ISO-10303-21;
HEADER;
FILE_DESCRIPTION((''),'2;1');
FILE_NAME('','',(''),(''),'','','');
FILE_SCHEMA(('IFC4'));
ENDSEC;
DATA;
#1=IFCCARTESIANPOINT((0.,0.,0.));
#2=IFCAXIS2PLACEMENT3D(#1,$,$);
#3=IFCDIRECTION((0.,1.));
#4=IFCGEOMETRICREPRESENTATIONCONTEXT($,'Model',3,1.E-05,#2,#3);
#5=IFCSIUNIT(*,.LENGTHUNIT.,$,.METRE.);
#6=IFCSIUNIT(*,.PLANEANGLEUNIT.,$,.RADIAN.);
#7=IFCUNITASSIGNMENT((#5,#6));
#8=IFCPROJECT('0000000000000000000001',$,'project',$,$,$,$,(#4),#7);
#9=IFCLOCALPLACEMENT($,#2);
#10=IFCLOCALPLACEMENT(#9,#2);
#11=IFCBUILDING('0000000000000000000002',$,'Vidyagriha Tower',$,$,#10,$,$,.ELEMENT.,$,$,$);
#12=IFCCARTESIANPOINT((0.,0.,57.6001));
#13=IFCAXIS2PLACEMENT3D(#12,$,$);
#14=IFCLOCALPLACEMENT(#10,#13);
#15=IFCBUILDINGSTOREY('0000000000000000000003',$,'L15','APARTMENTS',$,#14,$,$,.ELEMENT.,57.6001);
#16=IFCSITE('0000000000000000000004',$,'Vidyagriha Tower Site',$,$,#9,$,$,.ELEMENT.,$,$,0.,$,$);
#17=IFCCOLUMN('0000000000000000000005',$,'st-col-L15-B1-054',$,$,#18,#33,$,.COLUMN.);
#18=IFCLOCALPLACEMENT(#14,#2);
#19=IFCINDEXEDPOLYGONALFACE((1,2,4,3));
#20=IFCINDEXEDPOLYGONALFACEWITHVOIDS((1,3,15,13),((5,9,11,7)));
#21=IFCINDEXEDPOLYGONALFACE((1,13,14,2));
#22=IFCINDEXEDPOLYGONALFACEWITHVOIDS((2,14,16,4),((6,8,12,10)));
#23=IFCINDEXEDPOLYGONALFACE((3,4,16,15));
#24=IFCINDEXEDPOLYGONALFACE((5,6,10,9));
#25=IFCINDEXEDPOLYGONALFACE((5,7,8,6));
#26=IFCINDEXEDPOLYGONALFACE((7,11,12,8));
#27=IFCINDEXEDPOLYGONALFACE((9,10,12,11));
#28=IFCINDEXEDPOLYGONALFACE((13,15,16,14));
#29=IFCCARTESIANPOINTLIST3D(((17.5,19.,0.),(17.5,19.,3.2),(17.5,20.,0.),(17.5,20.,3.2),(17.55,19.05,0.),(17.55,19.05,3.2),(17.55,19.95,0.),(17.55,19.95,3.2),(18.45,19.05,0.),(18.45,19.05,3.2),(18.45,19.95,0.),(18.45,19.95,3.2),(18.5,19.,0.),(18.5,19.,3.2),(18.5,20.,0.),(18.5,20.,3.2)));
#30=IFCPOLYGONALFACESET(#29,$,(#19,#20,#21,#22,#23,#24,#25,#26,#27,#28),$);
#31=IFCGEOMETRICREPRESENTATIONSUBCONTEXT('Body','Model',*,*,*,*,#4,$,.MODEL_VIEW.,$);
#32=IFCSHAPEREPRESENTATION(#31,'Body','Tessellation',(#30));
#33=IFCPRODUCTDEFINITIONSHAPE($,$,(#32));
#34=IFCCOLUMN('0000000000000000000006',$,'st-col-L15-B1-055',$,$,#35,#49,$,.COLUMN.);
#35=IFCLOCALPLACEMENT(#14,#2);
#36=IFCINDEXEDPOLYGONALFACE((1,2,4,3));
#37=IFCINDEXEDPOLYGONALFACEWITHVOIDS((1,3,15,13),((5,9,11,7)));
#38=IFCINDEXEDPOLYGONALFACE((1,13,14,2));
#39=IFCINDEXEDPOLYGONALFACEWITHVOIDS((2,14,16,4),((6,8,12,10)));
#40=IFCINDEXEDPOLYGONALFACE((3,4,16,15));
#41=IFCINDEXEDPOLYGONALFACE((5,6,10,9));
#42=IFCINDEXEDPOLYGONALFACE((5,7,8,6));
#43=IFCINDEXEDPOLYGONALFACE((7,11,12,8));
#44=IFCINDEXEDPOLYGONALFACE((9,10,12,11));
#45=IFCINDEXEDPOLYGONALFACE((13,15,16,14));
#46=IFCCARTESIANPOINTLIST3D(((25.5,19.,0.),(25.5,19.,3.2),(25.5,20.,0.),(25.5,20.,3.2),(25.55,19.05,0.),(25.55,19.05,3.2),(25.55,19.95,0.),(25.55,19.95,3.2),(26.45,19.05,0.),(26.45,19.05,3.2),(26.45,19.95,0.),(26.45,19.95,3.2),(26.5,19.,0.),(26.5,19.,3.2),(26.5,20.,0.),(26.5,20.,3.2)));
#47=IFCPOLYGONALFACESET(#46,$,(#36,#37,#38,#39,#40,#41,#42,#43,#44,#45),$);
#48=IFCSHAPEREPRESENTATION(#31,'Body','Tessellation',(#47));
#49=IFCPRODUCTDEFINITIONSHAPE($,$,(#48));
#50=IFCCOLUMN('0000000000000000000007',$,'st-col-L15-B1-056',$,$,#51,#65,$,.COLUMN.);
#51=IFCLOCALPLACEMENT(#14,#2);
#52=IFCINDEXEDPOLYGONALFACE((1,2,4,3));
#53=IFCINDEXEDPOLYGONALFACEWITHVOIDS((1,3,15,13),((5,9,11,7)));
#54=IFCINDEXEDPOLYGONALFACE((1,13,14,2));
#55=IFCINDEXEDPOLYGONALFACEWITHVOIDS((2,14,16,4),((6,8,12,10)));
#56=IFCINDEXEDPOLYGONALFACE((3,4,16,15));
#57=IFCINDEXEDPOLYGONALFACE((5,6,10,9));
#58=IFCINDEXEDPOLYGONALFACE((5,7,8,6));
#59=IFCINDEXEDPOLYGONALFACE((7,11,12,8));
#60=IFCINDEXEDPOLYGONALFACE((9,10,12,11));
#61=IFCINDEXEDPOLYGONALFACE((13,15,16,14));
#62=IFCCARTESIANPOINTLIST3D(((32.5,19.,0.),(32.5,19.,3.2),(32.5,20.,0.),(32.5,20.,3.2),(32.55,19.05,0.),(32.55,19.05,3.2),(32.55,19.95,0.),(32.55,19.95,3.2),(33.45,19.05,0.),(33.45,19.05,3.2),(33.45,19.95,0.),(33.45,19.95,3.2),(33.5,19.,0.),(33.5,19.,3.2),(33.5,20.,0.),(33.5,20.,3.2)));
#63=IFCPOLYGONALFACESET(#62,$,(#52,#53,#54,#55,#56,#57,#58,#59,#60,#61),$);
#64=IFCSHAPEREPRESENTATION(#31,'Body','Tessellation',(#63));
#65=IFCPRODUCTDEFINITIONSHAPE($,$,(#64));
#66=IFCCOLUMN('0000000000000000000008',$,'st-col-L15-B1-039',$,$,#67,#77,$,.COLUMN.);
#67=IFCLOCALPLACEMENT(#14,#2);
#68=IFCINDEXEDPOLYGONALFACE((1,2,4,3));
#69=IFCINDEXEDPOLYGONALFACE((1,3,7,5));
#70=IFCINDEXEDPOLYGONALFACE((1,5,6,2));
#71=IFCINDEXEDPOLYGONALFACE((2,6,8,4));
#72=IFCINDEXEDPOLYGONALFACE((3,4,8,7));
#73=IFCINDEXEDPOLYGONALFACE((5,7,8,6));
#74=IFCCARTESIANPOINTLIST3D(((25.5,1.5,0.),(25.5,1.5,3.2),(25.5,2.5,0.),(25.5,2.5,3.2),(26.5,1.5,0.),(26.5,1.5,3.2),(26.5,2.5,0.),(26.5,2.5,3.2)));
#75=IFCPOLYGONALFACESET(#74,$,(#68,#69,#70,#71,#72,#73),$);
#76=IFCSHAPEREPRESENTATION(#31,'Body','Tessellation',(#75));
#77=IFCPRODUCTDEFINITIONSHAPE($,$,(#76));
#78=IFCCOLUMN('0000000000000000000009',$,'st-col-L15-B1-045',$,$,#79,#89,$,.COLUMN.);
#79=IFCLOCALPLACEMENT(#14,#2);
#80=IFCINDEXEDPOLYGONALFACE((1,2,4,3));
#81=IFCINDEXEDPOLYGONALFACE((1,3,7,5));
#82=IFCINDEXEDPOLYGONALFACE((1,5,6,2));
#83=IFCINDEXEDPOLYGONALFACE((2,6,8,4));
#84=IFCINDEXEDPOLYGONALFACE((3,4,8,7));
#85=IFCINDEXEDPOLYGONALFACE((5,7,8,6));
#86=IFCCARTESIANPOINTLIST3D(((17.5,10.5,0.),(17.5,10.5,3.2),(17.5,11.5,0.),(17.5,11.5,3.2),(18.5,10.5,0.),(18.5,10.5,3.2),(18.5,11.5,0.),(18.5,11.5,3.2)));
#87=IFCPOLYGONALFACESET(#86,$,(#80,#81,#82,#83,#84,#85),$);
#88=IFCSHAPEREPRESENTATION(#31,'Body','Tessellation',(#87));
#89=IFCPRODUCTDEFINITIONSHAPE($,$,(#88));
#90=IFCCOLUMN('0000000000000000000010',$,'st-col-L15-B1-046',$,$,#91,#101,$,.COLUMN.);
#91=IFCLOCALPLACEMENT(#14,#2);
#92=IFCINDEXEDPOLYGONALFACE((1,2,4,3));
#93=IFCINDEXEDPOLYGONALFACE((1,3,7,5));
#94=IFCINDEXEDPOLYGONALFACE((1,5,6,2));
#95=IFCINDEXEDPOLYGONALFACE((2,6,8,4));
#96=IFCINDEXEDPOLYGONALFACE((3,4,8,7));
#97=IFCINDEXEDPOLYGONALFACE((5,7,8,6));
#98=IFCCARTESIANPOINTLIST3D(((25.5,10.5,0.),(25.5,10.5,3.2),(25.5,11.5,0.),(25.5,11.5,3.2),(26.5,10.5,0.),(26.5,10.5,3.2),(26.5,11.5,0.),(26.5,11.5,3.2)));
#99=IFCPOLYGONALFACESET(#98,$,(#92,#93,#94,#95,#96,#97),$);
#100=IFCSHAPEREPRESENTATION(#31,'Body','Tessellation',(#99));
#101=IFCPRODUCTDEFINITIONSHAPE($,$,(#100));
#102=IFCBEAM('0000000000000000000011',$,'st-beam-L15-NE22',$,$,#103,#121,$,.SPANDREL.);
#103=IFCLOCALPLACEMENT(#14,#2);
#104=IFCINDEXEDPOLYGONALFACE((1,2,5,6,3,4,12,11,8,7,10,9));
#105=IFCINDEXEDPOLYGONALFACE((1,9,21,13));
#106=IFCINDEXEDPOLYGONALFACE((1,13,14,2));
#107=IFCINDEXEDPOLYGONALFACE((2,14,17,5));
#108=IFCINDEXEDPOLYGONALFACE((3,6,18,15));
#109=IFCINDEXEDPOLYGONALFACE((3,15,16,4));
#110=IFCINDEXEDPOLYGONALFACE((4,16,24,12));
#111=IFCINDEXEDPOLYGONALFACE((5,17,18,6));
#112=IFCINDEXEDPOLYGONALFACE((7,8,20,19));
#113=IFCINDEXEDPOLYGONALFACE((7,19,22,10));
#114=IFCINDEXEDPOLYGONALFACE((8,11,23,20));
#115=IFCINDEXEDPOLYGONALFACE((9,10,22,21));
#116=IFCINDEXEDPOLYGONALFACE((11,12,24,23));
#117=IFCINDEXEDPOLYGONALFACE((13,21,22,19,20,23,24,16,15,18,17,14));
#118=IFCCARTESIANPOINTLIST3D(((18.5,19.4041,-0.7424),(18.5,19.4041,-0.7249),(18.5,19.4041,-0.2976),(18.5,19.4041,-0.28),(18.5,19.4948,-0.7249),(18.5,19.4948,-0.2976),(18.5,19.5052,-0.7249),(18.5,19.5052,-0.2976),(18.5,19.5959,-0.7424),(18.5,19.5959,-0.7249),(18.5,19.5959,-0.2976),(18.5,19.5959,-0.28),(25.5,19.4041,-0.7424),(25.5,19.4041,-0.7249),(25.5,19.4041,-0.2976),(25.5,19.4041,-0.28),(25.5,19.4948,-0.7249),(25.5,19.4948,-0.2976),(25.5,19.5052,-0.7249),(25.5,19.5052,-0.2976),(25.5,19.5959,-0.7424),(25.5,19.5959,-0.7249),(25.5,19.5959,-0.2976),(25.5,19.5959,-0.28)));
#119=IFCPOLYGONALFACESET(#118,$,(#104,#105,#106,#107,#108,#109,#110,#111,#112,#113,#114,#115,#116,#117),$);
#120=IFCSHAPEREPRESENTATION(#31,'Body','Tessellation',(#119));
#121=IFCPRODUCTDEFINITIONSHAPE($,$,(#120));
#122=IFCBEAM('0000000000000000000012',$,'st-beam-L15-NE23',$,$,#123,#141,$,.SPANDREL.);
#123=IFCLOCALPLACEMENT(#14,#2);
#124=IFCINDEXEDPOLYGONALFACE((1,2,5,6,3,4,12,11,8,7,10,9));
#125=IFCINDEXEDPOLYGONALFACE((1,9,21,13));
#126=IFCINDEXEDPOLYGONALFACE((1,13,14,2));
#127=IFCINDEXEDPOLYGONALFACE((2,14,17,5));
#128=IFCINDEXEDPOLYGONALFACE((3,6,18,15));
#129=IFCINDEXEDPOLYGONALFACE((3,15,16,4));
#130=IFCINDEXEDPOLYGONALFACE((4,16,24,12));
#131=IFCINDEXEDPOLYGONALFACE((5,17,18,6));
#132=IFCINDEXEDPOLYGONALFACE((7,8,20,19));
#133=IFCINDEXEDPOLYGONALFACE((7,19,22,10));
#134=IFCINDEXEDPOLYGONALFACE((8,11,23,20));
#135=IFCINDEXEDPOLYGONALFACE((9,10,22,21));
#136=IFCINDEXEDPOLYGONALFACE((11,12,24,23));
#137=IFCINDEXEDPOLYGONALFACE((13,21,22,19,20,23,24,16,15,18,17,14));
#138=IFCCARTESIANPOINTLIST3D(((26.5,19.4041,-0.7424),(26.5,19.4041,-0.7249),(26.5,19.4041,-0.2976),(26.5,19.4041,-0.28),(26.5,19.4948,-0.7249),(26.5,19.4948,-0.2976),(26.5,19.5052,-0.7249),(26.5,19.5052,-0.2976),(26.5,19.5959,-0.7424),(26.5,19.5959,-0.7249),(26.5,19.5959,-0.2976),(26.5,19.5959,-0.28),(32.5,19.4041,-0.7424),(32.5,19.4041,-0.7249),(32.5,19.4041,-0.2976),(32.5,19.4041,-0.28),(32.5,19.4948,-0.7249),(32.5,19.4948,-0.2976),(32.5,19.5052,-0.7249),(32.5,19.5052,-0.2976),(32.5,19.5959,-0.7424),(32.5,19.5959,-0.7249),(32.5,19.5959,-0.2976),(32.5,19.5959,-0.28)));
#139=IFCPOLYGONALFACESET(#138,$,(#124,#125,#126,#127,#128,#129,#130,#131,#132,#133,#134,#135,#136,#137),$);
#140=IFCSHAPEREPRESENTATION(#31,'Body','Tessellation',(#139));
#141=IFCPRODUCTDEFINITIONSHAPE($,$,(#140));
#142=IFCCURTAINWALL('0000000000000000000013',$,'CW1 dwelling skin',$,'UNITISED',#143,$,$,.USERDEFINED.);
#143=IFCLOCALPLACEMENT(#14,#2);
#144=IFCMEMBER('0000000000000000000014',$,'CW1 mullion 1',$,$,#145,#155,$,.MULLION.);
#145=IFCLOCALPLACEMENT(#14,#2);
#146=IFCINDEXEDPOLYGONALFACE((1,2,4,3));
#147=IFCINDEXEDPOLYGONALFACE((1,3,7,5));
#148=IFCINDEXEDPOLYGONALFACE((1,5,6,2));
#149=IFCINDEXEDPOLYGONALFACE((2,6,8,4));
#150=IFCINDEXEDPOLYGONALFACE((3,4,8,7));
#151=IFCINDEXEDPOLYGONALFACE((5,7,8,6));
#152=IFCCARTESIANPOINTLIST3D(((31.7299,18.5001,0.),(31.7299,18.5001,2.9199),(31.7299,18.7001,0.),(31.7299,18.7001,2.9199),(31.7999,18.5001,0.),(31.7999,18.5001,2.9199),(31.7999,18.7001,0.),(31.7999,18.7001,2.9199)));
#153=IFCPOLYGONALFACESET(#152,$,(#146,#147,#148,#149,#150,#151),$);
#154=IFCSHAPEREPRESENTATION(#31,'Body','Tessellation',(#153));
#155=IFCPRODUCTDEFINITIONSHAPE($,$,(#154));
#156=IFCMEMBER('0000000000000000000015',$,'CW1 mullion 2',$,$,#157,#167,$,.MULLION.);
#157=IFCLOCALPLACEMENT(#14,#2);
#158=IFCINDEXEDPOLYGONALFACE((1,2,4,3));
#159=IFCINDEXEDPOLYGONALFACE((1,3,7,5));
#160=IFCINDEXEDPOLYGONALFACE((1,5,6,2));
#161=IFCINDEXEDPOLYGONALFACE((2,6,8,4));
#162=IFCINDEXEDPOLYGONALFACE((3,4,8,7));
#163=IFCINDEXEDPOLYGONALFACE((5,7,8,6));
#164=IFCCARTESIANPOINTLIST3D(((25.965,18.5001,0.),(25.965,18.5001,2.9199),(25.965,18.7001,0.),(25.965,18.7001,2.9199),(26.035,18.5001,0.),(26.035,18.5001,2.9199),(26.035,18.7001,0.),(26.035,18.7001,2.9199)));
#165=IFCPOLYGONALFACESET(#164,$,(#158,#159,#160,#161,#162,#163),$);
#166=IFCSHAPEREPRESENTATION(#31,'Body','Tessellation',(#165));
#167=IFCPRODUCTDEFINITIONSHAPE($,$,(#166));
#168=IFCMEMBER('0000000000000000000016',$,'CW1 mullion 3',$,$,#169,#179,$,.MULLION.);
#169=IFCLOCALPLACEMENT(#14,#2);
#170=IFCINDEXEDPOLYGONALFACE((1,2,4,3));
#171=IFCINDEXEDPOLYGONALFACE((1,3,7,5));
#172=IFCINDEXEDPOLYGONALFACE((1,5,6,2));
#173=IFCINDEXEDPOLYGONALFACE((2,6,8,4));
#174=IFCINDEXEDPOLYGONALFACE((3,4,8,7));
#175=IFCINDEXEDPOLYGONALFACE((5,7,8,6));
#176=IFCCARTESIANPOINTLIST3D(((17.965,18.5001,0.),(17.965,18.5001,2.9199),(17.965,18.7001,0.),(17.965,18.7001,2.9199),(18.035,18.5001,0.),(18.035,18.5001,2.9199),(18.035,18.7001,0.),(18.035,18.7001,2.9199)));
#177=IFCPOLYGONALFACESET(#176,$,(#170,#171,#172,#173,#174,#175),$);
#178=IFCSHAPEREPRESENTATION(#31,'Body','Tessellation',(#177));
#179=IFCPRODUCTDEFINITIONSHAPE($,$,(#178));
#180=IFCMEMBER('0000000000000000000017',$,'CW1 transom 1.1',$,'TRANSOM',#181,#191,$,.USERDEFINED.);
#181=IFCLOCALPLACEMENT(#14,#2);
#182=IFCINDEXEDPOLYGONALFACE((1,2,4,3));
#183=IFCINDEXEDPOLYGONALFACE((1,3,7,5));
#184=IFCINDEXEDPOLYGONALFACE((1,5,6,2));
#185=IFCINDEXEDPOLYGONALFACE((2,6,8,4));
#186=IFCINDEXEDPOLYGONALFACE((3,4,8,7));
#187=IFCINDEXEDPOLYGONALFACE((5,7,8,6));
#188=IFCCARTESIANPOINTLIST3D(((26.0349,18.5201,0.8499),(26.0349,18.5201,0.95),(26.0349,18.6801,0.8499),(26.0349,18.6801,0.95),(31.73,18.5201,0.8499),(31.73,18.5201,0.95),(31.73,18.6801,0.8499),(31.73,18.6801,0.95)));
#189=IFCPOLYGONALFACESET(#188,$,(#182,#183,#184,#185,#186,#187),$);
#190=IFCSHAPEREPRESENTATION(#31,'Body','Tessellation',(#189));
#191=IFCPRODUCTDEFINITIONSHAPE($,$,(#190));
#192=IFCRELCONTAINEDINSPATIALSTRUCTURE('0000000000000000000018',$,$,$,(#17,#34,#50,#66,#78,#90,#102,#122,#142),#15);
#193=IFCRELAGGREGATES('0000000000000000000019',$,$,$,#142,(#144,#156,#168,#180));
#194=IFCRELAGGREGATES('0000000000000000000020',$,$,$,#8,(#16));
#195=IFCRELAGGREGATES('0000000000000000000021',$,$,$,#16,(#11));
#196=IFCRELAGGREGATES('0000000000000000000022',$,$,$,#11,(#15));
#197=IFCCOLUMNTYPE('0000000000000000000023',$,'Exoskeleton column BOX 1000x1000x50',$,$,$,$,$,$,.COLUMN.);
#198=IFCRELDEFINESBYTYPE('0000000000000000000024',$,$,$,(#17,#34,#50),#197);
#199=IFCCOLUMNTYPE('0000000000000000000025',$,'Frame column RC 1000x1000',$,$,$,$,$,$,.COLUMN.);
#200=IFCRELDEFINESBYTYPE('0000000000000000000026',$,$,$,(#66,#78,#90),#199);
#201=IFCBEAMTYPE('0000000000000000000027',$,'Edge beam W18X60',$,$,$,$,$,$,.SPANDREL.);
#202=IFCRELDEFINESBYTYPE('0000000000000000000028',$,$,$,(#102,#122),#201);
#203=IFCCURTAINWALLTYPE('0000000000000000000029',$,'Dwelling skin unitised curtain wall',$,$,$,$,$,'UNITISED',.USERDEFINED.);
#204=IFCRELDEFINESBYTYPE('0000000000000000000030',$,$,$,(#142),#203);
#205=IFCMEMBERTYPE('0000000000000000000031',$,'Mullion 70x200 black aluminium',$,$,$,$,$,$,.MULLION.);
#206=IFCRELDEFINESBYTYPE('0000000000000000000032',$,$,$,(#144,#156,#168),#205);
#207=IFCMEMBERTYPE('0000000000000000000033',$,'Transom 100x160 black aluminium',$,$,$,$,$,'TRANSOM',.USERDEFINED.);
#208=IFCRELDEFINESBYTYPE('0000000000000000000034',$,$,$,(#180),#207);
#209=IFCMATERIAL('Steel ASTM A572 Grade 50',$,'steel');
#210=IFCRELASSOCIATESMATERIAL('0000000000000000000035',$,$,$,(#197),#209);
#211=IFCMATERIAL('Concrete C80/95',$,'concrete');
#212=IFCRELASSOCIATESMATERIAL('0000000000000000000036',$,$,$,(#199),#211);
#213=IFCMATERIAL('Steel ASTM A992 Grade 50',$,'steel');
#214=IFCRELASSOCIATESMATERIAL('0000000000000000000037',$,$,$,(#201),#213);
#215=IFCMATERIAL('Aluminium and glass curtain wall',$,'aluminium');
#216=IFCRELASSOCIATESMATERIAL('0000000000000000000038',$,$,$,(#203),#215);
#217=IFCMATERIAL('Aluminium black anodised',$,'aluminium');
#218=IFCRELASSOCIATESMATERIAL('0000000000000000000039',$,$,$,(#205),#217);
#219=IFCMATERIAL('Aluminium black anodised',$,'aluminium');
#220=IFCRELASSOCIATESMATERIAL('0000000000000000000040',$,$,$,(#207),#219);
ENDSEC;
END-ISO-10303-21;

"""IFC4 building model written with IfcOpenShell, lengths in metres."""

from ifc_helpers import new_model, si_unit, direction, frame, origin, origin_2d, place, context, subcontext, project, spatial, rectangle, hollow_rectangle, i_section, extrude, material, material_profile, profile_set, type_object, element, aggregate, save


model = new_model("IFC4")

# Units and contexts
model_context = context("Model", 3, precision=1e-05, world=origin(), true_north=direction((0.0, 1.0)))
body_context = subcontext(model_context, "Body", "Model", "MODEL_VIEW")
ifc_project = project(units=[si_unit("LENGTHUNIT", "METRE"), si_unit("PLANEANGLEUNIT", "RADIAN")], contexts=[model_context])

# Site, building, storey
site_placement = place(None, origin())
site = spatial("IfcSite", under=ifc_project, at=site_placement, Name="Vidyagriha Tower Site", CompositionType="ELEMENT", RefElevation=0.0)
building_placement = place(site_placement, origin())
building = spatial("IfcBuilding", under=site, at=building_placement, Name="Vidyagriha Tower", CompositionType="ELEMENT")
storey_placement = place(building_placement, frame((0.0, 0.0, 57.6001)))
storey = spatial("IfcBuildingStorey", under=building, at=storey_placement, Name="L15", Description="APARTMENTS", CompositionType="ELEMENT", Elevation=57.6001)

# Columns
ifc_material_1 = material(Name="Steel ASTM A572 Grade 50", Category="steel")
ifc_material_profile_1 = material_profile(ifc_material_1, hollow_rectangle(XDim=1.0, YDim=1.0, WallThickness=0.05, at=origin_2d()), Name="BOX 1000x1000x50")
ifc_profile_set_1 = profile_set([ifc_material_profile_1], Name="Steel ASTM A572 Grade 50")
column_type_1 = type_object("IfcColumnType", Name="Exoskeleton column BOX 1000x1000x50", PredefinedType="COLUMN", material=ifc_profile_set_1)
for number, where, name in (
    (1, (18.0, 19.5, 0.0), "st-col-L15-B1-054"),
    (2, (26.0, 19.5, 0.0), "st-col-L15-B1-055"),
    (3, (33.0, 19.5, 0.0), "st-col-L15-B1-056"),
):
    element("IfcColumn", number, at=place(storey_placement, frame(where)), inside=storey, type_object=column_type_1, Name=name, PredefinedType="COLUMN", context=body_context, shape_type="SweptSolid", body=[
        extrude(hollow_rectangle(XDim=1.0, YDim=1.0, WallThickness=0.05, at=origin_2d()), origin(), (0.0, 0.0, 1.0), 3.2),
    ])
ifc_material_2 = material(Name="Concrete C80/95", Category="concrete")
ifc_material_profile_2 = material_profile(ifc_material_2, rectangle(XDim=1.0, YDim=1.0, at=origin_2d()), Name="RC 1000x1000")
ifc_profile_set_2 = profile_set([ifc_material_profile_2], Name="Concrete C80/95")
column_type_2 = type_object("IfcColumnType", Name="Frame column RC 1000x1000", PredefinedType="COLUMN", material=ifc_profile_set_2)
for number, where, name in (
    (4, (26.0, 2.0, 0.0), "st-col-L15-B1-039"),
    (5, (18.0, 11.0, 0.0), "st-col-L15-B1-045"),
    (6, (26.0, 11.0, 0.0), "st-col-L15-B1-046"),
):
    element("IfcColumn", number, at=place(storey_placement, frame(where)), inside=storey, type_object=column_type_2, Name=name, PredefinedType="COLUMN", context=body_context, shape_type="SweptSolid", body=[
        extrude(rectangle(XDim=1.0, YDim=1.0, at=origin_2d()), origin(), (0.0, 0.0, 1.0), 3.2),
    ])

# Beams
ifc_material_3 = material(Name="Steel ASTM A992 Grade 50", Category="steel")
ifc_material_profile_3 = material_profile(ifc_material_3, i_section(OverallWidth=0.1919, OverallDepth=0.4624, WebThickness=0.0105, FlangeThickness=0.0176, at=origin_2d()), Name="W18X60")
ifc_profile_set_3 = profile_set([ifc_material_profile_3], Name="Steel ASTM A992 Grade 50")
beam_type = type_object("IfcBeamType", Name="Edge beam W18X60", PredefinedType="SPANDREL", material=ifc_profile_set_3)
beam_1_placement = place(storey_placement, frame((18.5, 19.5, -0.5112), z_axis=(1.0, 0.0, 0.0), x_axis=(0.0, 1.0, 0.0)))
element("IfcBeam", 7, at=beam_1_placement, inside=storey, type_object=beam_type, Name="st-beam-L15-NE22", PredefinedType="SPANDREL", context=body_context, shape_type="SweptSolid", body=[
    extrude(i_section(OverallWidth=0.1919, OverallDepth=0.4624, WebThickness=0.0105, FlangeThickness=0.0176, at=origin_2d()), origin(), (0.0, 0.0, 1.0), 7.0),
])
beam_2_placement = place(storey_placement, frame((26.5, 19.5, -0.5112), z_axis=(1.0, 0.0, 0.0), x_axis=(0.0, 1.0, 0.0)))
element("IfcBeam", 8, at=beam_2_placement, inside=storey, type_object=beam_type, Name="st-beam-L15-NE23", PredefinedType="SPANDREL", context=body_context, shape_type="SweptSolid", body=[
    extrude(i_section(OverallWidth=0.1919, OverallDepth=0.4624, WebThickness=0.0105, FlangeThickness=0.0176, at=origin_2d()), origin(), (0.0, 0.0, 1.0), 6.0),
])

# Curtain wall, members
ifc_material_4 = material(Name="Aluminium and glass curtain wall", Category="aluminium")
curtain_wall_type = type_object("IfcCurtainWallType", Name="Dwelling skin unitised curtain wall", ElementType="UNITISED", PredefinedType="USERDEFINED", material=ifc_material_4)
curtain_wall_placement = place(storey_placement, origin())
curtain_wall = element("IfcCurtainWall", 9, at=curtain_wall_placement, inside=storey, type_object=curtain_wall_type, Name="CW1 dwelling skin", ObjectType="UNITISED", PredefinedType="USERDEFINED")
ifc_material_5 = material(Name="Aluminium black anodised", Category="aluminium")
ifc_material_profile_4 = material_profile(ifc_material_5, rectangle(XDim=0.2, YDim=0.0701, at=origin_2d()), Name="Mullion 70x200 black aluminium")
ifc_profile_set_4 = profile_set([ifc_material_profile_4], Name="Aluminium black anodised")
member_type_1 = type_object("IfcMemberType", Name="Mullion 70x200 black aluminium", PredefinedType="MULLION", material=ifc_profile_set_4)
member_1_placement = place(storey_placement, frame((31.7649, 18.6001, 0.0), z_axis=(0.0, 0.0, 1.0), x_axis=(0.0, -1.0, 0.0)))
member_1 = element("IfcMember", 10, at=member_1_placement, type_object=member_type_1, Name="CW1 mullion 1", PredefinedType="MULLION", context=body_context, shape_type="SweptSolid", body=[
    extrude(rectangle(XDim=0.2, YDim=0.0701, at=origin_2d()), origin(), (0.0, 0.0, 1.0), 2.9199),
])
member_2_placement = place(storey_placement, frame((26.0, 18.6001, 0.0), z_axis=(0.0, 0.0, 1.0), x_axis=(0.0, -1.0, 0.0)))
member_2 = element("IfcMember", 11, at=member_2_placement, type_object=member_type_1, Name="CW1 mullion 2", PredefinedType="MULLION", context=body_context, shape_type="SweptSolid", body=[
    extrude(rectangle(XDim=0.2, YDim=0.0701, at=origin_2d()), origin(), (0.0, 0.0, 1.0), 2.9199),
])
member_3_placement = place(storey_placement, frame((18.0, 18.6001, 0.0), z_axis=(0.0, 0.0, 1.0), x_axis=(0.0, -1.0, 0.0)))
member_3 = element("IfcMember", 12, at=member_3_placement, type_object=member_type_1, Name="CW1 mullion 3", PredefinedType="MULLION", context=body_context, shape_type="SweptSolid", body=[
    extrude(rectangle(XDim=0.2, YDim=0.0701, at=origin_2d()), origin(), (0.0, 0.0, 1.0), 2.9199),
])
ifc_material_6 = material(Name="Aluminium black anodised", Category="aluminium")
ifc_material_profile_5 = material_profile(ifc_material_6, rectangle(XDim=0.1599, YDim=0.1001, at=origin_2d()), Name="Transom 100x160 black aluminium")
ifc_profile_set_5 = profile_set([ifc_material_profile_5], Name="Aluminium black anodised")
member_type_2 = type_object("IfcMemberType", Name="Transom 100x160 black aluminium", ElementType="TRANSOM", PredefinedType="USERDEFINED", material=ifc_profile_set_5)
member_4_placement = place(storey_placement, frame((31.73, 18.6001, 0.8999), z_axis=(-1.0, 0.0, 0.0), x_axis=(0.0, -1.0, 0.0)))
member_4 = element("IfcMember", 13, at=member_4_placement, type_object=member_type_2, Name="CW1 transom 1.1", ObjectType="TRANSOM", PredefinedType="USERDEFINED", context=body_context, shape_type="SweptSolid", body=[
    extrude(rectangle(XDim=0.1599, YDim=0.1001, at=origin_2d()), origin(), (0.0, 0.0, 1.0), 5.6951),
])
aggregate(curtain_wall, [member_1, member_2, member_3, member_4])

save(model, "model.ifc")
